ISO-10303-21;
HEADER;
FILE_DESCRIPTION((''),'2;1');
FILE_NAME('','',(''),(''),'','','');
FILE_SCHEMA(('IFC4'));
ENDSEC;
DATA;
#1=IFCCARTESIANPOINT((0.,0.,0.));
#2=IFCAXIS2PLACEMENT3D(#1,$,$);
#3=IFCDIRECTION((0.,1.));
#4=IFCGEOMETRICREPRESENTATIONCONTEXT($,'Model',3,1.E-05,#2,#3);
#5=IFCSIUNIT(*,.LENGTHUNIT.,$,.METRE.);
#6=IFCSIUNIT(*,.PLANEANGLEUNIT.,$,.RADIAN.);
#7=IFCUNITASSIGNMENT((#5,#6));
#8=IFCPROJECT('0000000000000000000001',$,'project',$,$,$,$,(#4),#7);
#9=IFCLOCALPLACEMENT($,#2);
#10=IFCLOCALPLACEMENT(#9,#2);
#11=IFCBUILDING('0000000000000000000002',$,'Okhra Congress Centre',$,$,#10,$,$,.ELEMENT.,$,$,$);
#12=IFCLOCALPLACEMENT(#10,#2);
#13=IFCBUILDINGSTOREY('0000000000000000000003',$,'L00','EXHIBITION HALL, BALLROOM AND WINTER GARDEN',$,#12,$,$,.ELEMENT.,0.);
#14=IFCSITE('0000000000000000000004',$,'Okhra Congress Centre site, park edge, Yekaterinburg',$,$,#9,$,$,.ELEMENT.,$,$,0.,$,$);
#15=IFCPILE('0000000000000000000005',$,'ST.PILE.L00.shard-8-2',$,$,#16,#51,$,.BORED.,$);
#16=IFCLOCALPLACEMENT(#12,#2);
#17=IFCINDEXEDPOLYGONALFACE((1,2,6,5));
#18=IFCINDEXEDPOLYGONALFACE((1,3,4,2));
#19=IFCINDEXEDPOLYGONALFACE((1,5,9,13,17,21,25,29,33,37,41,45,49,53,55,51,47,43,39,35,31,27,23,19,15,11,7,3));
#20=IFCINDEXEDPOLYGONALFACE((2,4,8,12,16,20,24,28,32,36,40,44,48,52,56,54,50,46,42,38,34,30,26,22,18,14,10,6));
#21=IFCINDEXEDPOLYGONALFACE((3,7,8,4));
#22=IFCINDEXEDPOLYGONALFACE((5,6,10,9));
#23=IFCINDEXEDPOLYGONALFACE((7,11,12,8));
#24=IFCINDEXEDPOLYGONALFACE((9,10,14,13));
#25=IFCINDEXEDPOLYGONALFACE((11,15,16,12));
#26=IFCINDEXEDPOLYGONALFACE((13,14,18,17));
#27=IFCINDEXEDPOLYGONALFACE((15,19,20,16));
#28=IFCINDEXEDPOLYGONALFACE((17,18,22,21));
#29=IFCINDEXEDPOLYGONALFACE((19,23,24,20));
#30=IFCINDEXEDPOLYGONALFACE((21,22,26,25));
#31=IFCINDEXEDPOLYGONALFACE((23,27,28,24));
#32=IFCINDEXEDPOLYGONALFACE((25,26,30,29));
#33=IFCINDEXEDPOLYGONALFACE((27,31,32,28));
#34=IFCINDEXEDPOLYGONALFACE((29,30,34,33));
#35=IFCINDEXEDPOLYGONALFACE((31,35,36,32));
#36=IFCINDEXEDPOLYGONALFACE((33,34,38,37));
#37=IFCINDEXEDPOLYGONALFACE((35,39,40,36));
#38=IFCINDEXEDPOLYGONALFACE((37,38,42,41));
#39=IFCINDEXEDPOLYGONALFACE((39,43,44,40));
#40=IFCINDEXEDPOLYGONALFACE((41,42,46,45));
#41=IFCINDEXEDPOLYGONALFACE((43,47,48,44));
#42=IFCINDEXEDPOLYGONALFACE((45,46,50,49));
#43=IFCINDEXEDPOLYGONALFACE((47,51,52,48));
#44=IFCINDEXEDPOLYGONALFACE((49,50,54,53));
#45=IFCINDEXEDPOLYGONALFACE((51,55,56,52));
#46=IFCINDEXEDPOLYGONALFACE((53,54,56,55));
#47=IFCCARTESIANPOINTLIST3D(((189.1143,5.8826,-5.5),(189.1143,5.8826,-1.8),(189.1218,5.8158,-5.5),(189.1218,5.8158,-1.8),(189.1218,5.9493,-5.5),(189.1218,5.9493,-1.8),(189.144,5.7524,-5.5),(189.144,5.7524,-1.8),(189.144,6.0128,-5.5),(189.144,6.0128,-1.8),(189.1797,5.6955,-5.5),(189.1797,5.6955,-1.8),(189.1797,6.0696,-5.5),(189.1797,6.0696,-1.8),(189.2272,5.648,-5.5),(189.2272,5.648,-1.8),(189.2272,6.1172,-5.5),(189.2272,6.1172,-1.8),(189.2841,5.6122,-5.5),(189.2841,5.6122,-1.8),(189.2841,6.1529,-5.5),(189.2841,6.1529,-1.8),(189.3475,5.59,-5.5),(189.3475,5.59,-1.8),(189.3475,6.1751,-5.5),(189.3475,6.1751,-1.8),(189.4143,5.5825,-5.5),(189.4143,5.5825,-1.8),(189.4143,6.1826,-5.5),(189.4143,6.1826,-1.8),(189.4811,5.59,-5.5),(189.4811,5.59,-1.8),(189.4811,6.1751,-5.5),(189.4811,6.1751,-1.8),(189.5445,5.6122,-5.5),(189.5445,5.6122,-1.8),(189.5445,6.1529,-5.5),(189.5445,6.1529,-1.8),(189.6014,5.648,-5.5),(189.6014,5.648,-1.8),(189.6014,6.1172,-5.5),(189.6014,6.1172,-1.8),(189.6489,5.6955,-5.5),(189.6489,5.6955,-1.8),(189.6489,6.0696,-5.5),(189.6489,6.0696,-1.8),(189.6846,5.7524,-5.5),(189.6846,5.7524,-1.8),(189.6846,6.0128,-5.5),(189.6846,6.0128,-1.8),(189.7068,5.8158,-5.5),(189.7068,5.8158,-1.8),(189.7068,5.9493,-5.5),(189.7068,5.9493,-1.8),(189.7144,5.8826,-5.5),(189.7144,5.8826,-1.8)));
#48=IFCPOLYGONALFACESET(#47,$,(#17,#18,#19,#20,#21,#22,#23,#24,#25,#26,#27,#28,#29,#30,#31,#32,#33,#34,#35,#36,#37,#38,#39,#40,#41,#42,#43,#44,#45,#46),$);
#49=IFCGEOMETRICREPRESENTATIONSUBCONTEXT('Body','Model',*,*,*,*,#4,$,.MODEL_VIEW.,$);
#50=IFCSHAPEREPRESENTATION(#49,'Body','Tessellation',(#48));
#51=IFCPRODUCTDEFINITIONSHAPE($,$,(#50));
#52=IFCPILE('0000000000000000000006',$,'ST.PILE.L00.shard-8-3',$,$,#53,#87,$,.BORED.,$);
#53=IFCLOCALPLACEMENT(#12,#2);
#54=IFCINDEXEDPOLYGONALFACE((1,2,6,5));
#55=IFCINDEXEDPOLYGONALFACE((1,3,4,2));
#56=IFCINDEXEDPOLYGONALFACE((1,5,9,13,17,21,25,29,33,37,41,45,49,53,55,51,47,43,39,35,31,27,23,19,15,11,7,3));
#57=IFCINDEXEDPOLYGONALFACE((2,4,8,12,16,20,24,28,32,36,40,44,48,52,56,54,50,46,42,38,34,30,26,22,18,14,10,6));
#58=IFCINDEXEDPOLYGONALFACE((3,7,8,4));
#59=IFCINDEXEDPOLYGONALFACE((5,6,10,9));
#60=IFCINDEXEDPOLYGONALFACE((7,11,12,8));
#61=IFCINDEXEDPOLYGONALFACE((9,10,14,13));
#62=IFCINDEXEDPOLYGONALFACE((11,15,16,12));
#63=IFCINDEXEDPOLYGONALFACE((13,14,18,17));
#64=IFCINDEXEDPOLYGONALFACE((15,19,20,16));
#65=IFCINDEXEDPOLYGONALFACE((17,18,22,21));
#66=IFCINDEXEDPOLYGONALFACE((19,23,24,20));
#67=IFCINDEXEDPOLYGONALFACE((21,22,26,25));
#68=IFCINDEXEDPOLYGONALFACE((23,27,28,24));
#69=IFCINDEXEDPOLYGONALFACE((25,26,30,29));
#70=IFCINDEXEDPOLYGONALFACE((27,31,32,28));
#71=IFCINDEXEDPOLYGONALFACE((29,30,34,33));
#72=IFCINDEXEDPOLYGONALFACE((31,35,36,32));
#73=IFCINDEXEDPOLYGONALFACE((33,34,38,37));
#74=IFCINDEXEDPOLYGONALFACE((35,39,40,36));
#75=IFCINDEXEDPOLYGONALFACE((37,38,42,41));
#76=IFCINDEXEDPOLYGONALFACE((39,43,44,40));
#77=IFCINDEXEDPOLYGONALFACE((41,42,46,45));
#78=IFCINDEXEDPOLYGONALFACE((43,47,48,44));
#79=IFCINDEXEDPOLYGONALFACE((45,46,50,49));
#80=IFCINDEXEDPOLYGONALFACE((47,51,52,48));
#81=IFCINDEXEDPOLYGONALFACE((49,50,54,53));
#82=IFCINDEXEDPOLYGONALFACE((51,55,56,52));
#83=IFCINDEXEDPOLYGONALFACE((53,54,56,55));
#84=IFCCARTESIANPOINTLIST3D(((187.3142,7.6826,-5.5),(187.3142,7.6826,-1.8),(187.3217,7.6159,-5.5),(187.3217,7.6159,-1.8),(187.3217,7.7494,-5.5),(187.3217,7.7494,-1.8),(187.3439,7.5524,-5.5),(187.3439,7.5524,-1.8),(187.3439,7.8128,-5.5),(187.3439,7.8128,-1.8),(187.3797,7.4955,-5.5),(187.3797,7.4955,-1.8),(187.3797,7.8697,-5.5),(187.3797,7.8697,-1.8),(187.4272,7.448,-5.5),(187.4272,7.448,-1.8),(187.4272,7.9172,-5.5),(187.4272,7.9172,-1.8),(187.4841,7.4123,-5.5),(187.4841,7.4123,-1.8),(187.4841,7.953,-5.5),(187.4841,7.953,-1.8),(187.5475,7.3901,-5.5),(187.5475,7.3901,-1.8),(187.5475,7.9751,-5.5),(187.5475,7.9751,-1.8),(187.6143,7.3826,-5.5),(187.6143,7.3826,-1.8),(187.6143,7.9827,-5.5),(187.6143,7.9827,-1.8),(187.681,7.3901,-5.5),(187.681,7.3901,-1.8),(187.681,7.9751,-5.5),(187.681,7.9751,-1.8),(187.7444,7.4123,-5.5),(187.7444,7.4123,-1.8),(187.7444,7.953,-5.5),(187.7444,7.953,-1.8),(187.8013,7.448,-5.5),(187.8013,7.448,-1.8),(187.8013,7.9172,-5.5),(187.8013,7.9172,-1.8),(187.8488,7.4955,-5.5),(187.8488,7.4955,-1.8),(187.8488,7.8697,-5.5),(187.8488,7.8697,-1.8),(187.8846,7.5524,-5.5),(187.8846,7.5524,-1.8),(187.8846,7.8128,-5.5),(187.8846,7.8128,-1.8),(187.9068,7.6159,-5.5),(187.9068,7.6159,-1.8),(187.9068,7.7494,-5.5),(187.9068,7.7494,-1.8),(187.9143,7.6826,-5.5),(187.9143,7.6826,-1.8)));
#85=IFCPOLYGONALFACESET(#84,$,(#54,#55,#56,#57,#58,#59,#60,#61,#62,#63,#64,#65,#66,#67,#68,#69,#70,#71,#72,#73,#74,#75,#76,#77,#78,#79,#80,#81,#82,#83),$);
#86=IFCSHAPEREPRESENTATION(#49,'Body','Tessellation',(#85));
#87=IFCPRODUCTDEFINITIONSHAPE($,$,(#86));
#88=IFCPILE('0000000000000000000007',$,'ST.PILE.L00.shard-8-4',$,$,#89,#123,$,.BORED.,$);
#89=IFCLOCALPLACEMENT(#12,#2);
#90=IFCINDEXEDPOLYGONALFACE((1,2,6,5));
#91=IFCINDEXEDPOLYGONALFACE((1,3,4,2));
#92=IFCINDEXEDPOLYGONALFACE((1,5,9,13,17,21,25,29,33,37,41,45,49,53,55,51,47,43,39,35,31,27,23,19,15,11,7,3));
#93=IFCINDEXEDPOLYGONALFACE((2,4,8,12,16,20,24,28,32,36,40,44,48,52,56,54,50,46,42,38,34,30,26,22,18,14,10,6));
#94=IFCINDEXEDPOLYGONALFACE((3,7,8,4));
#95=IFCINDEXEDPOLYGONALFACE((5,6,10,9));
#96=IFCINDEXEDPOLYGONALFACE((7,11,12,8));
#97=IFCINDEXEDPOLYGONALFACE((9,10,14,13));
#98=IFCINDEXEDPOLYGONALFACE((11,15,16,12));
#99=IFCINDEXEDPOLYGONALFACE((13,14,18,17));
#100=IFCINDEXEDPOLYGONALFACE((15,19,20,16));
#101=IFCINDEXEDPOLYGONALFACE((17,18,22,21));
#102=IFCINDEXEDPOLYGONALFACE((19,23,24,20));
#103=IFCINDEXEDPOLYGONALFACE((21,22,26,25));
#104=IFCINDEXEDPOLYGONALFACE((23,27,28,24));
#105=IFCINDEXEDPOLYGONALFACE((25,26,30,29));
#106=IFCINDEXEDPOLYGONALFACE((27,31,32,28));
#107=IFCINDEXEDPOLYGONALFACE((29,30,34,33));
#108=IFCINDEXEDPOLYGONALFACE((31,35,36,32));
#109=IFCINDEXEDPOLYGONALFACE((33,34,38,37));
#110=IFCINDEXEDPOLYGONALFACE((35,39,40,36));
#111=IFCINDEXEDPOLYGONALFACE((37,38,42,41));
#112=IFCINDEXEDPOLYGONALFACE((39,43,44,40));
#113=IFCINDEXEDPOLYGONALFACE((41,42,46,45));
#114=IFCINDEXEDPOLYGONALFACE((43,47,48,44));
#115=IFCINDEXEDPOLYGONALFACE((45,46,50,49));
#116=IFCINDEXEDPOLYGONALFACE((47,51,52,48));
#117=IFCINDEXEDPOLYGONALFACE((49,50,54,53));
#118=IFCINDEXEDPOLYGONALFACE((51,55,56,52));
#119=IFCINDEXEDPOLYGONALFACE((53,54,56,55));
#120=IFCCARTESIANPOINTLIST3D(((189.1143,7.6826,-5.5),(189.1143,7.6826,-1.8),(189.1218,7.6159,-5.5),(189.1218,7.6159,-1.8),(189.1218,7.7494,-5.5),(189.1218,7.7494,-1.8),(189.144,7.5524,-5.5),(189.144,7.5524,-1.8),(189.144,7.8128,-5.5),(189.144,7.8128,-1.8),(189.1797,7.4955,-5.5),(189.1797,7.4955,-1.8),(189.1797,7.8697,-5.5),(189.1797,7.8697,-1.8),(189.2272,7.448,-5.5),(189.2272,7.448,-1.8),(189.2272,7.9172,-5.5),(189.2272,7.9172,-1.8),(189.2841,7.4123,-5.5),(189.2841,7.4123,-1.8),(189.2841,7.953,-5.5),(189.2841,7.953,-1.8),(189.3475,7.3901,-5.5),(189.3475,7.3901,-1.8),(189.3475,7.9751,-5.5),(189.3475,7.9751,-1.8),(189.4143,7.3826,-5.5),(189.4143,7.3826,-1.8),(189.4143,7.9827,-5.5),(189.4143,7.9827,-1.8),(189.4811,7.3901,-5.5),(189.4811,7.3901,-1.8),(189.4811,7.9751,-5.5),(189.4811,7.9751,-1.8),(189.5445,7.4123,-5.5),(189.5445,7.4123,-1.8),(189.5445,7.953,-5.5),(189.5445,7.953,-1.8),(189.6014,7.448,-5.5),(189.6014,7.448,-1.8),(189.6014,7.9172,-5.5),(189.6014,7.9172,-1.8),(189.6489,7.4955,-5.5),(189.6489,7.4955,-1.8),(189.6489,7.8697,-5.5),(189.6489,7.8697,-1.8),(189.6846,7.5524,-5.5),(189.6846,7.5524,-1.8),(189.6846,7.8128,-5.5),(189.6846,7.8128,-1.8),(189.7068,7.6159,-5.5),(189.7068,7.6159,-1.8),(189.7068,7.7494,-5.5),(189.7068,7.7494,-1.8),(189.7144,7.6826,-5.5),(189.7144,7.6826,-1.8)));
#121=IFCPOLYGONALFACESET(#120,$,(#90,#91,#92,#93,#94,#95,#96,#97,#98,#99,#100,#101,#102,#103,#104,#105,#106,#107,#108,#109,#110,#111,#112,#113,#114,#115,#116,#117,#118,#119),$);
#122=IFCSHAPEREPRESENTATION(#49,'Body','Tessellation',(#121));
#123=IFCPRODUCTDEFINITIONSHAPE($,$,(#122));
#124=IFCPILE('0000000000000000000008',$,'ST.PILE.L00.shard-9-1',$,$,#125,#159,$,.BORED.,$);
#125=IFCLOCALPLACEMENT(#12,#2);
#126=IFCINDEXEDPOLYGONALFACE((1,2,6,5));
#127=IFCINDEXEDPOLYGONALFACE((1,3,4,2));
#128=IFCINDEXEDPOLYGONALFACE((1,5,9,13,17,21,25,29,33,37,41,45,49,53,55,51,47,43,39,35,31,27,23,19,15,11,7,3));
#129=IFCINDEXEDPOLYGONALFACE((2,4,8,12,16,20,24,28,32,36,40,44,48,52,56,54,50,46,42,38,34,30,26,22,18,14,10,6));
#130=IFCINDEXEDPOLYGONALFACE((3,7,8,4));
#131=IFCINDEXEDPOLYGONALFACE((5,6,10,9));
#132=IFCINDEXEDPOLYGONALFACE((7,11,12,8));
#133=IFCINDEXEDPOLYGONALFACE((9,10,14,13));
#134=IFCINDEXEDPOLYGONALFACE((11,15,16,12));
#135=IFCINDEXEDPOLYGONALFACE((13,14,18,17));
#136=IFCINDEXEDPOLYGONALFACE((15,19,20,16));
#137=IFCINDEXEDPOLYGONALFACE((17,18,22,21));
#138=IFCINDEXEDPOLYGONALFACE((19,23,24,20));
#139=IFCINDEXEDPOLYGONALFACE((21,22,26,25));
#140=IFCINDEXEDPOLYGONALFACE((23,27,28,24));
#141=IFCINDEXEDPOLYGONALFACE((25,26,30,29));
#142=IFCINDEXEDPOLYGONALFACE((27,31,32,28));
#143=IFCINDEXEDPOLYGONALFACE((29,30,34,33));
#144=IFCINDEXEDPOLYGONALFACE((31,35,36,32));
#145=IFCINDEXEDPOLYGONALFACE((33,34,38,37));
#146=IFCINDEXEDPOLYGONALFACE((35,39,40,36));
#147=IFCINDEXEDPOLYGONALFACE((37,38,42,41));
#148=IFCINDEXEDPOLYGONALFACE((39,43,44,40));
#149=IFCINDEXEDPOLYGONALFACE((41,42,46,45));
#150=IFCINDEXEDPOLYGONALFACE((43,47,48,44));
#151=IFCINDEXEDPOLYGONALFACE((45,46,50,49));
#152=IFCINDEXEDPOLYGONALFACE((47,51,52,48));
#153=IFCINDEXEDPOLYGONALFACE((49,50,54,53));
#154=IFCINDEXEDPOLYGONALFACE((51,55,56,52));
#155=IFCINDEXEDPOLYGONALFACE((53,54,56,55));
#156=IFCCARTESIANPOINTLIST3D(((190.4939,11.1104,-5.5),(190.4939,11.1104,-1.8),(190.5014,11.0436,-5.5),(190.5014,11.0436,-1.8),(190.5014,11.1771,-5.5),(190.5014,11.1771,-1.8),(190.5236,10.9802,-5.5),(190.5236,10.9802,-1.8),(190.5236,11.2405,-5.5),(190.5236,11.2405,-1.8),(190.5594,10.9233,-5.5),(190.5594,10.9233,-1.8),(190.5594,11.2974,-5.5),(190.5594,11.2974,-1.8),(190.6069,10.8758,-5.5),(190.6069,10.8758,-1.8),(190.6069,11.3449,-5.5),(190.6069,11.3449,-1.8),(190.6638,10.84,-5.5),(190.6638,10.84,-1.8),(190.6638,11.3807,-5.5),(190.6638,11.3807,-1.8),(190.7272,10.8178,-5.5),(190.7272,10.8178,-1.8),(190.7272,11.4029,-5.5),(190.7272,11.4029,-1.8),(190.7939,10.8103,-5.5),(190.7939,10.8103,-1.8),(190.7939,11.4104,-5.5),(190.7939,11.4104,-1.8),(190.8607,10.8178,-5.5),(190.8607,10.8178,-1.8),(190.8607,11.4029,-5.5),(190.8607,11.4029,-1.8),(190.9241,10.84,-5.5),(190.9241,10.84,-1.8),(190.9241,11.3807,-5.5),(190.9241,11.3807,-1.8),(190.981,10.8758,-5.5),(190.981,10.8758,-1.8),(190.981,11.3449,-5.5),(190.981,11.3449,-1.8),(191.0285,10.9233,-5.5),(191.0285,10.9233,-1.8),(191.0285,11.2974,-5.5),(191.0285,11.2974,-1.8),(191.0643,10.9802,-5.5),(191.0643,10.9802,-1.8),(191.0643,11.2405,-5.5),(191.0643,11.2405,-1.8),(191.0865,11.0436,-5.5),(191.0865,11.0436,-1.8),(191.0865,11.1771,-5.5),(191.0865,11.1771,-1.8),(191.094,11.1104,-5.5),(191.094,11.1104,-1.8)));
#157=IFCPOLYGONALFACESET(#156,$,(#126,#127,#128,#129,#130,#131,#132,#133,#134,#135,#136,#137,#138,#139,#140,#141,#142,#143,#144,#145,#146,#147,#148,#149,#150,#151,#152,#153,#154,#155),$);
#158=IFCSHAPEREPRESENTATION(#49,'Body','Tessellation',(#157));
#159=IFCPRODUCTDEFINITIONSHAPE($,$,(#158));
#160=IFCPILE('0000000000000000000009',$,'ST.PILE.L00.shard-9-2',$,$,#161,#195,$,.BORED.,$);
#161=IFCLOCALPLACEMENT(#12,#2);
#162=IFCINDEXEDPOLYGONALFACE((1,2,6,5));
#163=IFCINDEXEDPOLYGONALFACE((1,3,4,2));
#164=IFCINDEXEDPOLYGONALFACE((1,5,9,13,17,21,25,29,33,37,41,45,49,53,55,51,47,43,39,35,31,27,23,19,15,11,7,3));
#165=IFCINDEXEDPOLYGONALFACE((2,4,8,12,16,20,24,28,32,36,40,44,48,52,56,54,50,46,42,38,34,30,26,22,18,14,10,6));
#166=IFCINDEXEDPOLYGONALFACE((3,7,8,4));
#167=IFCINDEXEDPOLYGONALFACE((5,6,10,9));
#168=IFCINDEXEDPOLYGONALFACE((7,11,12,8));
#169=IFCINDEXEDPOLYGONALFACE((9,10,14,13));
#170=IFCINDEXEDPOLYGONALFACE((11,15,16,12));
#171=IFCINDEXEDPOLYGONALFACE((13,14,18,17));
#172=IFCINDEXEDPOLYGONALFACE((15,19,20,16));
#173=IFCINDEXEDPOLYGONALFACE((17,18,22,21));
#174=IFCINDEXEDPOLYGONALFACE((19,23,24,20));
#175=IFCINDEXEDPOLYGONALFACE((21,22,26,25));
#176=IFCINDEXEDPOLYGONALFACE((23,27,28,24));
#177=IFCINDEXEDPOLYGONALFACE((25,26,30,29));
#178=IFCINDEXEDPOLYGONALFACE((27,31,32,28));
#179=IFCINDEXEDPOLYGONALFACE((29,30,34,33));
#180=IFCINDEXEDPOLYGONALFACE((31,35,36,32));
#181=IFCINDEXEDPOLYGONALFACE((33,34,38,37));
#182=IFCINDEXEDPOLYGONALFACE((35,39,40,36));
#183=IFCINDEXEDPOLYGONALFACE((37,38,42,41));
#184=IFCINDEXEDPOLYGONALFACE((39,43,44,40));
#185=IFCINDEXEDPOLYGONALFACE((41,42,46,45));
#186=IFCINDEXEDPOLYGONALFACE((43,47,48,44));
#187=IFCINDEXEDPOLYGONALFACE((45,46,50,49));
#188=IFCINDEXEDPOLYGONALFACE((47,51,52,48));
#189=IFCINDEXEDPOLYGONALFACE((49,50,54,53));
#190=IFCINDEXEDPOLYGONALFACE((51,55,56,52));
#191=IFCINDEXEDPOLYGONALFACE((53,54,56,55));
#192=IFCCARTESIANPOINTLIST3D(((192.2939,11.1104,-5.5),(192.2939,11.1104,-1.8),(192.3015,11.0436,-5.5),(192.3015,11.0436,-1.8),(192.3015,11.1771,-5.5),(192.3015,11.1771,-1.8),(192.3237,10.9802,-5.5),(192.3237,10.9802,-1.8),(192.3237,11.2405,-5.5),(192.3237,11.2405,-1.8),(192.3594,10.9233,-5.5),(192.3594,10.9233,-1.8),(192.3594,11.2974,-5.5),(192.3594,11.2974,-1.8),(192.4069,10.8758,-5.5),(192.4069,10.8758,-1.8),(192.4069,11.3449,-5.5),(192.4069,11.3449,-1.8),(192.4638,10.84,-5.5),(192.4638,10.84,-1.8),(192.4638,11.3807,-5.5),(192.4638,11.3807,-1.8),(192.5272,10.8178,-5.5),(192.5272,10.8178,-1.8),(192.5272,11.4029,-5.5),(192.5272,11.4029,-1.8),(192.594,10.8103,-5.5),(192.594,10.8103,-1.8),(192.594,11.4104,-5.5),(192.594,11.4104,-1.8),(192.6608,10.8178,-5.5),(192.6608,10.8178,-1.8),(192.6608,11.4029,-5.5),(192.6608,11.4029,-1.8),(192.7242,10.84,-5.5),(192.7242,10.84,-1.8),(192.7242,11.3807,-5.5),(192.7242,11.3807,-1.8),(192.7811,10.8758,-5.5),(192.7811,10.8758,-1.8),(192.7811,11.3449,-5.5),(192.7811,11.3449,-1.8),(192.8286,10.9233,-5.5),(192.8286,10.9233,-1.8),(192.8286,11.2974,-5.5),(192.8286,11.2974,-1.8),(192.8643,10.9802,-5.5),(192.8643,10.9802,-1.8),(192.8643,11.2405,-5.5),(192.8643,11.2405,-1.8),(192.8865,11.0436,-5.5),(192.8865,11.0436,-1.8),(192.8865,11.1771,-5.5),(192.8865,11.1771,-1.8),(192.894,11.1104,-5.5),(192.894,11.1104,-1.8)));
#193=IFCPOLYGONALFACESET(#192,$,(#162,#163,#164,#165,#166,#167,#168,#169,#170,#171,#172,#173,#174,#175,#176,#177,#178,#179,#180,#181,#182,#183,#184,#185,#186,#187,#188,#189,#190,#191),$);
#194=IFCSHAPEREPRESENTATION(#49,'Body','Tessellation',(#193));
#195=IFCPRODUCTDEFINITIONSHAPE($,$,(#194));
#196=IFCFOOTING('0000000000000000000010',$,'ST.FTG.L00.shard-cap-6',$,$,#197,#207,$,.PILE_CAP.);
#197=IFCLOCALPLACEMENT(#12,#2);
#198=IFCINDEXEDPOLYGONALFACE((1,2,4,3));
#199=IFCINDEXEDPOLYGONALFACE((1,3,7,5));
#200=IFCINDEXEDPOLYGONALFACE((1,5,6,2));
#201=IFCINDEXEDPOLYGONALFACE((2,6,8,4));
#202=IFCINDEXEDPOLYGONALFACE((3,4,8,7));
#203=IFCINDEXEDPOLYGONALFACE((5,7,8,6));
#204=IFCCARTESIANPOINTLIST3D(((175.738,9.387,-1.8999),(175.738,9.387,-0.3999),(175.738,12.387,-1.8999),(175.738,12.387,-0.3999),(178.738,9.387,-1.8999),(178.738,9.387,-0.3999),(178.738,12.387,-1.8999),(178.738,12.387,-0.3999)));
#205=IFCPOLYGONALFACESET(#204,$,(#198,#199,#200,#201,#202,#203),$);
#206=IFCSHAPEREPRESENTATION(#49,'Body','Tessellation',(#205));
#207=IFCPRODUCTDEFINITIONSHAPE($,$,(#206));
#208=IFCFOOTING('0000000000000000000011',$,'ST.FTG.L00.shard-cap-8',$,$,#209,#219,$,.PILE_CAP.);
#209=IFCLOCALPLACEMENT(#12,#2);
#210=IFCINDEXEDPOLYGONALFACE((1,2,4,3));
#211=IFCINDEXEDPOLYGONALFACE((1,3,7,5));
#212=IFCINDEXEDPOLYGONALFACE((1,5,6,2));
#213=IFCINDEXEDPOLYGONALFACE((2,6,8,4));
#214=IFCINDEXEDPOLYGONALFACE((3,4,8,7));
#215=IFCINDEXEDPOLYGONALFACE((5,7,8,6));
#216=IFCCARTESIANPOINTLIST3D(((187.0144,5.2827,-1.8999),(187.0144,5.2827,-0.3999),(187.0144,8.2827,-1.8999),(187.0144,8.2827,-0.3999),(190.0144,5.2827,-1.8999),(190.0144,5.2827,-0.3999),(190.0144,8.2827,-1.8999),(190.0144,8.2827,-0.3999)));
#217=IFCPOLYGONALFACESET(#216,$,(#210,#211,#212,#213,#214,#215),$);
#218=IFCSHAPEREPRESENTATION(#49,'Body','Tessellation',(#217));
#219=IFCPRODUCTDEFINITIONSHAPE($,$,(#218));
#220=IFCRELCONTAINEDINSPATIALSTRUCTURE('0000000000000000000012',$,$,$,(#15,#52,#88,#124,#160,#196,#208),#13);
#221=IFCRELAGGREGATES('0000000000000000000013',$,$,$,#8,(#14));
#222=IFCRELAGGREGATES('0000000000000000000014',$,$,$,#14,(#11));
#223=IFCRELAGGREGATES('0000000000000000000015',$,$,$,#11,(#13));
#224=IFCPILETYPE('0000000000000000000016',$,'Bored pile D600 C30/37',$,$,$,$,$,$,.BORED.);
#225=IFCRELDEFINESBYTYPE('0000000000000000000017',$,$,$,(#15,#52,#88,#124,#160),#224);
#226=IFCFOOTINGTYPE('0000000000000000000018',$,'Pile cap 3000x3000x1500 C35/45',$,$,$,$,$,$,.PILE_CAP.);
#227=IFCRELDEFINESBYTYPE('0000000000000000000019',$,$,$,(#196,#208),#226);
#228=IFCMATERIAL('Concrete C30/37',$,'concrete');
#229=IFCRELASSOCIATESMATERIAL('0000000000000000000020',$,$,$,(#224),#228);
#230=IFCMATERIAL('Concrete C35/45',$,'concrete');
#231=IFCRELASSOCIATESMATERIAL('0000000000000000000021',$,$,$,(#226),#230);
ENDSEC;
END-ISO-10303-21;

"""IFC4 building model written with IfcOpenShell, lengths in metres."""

from ifc_helpers import new_model, si_unit, direction, frame, origin, origin_2d, place, context, subcontext, project, spatial, rectangle, circle, extrude, material, material_profile, profile_set, type_object, element, save


model = new_model("IFC4")

# Units and contexts
model_context = context("Model", 3, precision=1e-05, world=origin(), true_north=direction((0.0, 1.0)))
body_context = subcontext(model_context, "Body", "Model", "MODEL_VIEW")
ifc_project = project(units=[si_unit("LENGTHUNIT", "METRE"), si_unit("PLANEANGLEUNIT", "RADIAN")], contexts=[model_context])

# Site, building, storey
site_placement = place(None, origin())
site = spatial("IfcSite", under=ifc_project, at=site_placement, Name="Okhra Congress Centre site, park edge, Yekaterinburg", CompositionType="ELEMENT", RefElevation=0.0)
building_placement = place(site_placement, origin())
building = spatial("IfcBuilding", under=site, at=building_placement, Name="Okhra Congress Centre", CompositionType="ELEMENT")
storey_placement = place(building_placement, origin())
storey = spatial("IfcBuildingStorey", under=building, at=storey_placement, Name="L00", Description="EXHIBITION HALL, BALLROOM AND WINTER GARDEN", CompositionType="ELEMENT", Elevation=0.0)

# Piles
ifc_material_1 = material(Name="Concrete C30/37", Category="concrete")
ifc_material_profile_1 = material_profile(ifc_material_1, circle(Radius=0.3, at=origin_2d()), Name="D600")
ifc_profile_set_1 = profile_set([ifc_material_profile_1], Name="Concrete C30/37")
pile_type = type_object("IfcPileType", Name="Bored pile D600 C30/37", PredefinedType="BORED", material=ifc_profile_set_1)
for number, where, z_axis, x_axis, name in (
    (1, (189.4143, 5.8826, -1.8), (0.0, 0.0, -1.0), (1.0, 0.0, 0.0), "ST.PILE.L00.shard-8-2"),
    (2, (187.6143, 7.6826, -1.8), (0.0, 0.0, -1.0), (1.0, 0.0, 0.0), "ST.PILE.L00.shard-8-3"),
    (3, (189.4143, 7.6826, -1.8), (0.0, 0.0, -1.0), (1.0, 0.0, 0.0), "ST.PILE.L00.shard-8-4"),
    (4, (190.7939, 11.1104, -1.8), (0.0, 0.0, -1.0), (1.0, 0.0, 0.0), "ST.PILE.L00.shard-9-1"),
    (5, (192.594, 11.1104, -1.8), (0.0, 0.0, -1.0), (1.0, 0.0, 0.0), "ST.PILE.L00.shard-9-2"),
):
    element("IfcPile", number, at=place(storey_placement, frame(where, z_axis=z_axis, x_axis=x_axis)), inside=storey, type_object=pile_type, Name=name, PredefinedType="BORED", context=body_context, shape_type="SweptSolid", body=[
        extrude(circle(Radius=0.3, at=origin_2d()), origin(), (0.0, 0.0, 1.0), 3.7),
    ])

# Footings
ifc_material_2 = material(Name="Concrete C35/45", Category="concrete")
footing_type = type_object("IfcFootingType", Name="Pile cap 3000x3000x1500 C35/45", PredefinedType="PILE_CAP", material=ifc_material_2)
for number, where, z_axis, x_axis, name in (
    (6, (177.238, 10.887, -1.8999), (0.0, 0.0, 1.0), (1.0, 0.0, 0.0), "ST.FTG.L00.shard-cap-6"),
    (7, (188.5144, 6.7827, -1.8999), (0.0, 0.0, 1.0), (1.0, 0.0, 0.0), "ST.FTG.L00.shard-cap-8"),
):
    element("IfcFooting", number, at=place(storey_placement, frame(where, z_axis=z_axis, x_axis=x_axis)), inside=storey, type_object=footing_type, Name=name, PredefinedType="PILE_CAP", context=body_context, shape_type="SweptSolid", body=[
        extrude(rectangle(XDim=3.0, YDim=3.0, at=origin_2d()), origin(), (0.0, 0.0, 1.0), 1.5),
    ])

save(model, "model.ifc")
